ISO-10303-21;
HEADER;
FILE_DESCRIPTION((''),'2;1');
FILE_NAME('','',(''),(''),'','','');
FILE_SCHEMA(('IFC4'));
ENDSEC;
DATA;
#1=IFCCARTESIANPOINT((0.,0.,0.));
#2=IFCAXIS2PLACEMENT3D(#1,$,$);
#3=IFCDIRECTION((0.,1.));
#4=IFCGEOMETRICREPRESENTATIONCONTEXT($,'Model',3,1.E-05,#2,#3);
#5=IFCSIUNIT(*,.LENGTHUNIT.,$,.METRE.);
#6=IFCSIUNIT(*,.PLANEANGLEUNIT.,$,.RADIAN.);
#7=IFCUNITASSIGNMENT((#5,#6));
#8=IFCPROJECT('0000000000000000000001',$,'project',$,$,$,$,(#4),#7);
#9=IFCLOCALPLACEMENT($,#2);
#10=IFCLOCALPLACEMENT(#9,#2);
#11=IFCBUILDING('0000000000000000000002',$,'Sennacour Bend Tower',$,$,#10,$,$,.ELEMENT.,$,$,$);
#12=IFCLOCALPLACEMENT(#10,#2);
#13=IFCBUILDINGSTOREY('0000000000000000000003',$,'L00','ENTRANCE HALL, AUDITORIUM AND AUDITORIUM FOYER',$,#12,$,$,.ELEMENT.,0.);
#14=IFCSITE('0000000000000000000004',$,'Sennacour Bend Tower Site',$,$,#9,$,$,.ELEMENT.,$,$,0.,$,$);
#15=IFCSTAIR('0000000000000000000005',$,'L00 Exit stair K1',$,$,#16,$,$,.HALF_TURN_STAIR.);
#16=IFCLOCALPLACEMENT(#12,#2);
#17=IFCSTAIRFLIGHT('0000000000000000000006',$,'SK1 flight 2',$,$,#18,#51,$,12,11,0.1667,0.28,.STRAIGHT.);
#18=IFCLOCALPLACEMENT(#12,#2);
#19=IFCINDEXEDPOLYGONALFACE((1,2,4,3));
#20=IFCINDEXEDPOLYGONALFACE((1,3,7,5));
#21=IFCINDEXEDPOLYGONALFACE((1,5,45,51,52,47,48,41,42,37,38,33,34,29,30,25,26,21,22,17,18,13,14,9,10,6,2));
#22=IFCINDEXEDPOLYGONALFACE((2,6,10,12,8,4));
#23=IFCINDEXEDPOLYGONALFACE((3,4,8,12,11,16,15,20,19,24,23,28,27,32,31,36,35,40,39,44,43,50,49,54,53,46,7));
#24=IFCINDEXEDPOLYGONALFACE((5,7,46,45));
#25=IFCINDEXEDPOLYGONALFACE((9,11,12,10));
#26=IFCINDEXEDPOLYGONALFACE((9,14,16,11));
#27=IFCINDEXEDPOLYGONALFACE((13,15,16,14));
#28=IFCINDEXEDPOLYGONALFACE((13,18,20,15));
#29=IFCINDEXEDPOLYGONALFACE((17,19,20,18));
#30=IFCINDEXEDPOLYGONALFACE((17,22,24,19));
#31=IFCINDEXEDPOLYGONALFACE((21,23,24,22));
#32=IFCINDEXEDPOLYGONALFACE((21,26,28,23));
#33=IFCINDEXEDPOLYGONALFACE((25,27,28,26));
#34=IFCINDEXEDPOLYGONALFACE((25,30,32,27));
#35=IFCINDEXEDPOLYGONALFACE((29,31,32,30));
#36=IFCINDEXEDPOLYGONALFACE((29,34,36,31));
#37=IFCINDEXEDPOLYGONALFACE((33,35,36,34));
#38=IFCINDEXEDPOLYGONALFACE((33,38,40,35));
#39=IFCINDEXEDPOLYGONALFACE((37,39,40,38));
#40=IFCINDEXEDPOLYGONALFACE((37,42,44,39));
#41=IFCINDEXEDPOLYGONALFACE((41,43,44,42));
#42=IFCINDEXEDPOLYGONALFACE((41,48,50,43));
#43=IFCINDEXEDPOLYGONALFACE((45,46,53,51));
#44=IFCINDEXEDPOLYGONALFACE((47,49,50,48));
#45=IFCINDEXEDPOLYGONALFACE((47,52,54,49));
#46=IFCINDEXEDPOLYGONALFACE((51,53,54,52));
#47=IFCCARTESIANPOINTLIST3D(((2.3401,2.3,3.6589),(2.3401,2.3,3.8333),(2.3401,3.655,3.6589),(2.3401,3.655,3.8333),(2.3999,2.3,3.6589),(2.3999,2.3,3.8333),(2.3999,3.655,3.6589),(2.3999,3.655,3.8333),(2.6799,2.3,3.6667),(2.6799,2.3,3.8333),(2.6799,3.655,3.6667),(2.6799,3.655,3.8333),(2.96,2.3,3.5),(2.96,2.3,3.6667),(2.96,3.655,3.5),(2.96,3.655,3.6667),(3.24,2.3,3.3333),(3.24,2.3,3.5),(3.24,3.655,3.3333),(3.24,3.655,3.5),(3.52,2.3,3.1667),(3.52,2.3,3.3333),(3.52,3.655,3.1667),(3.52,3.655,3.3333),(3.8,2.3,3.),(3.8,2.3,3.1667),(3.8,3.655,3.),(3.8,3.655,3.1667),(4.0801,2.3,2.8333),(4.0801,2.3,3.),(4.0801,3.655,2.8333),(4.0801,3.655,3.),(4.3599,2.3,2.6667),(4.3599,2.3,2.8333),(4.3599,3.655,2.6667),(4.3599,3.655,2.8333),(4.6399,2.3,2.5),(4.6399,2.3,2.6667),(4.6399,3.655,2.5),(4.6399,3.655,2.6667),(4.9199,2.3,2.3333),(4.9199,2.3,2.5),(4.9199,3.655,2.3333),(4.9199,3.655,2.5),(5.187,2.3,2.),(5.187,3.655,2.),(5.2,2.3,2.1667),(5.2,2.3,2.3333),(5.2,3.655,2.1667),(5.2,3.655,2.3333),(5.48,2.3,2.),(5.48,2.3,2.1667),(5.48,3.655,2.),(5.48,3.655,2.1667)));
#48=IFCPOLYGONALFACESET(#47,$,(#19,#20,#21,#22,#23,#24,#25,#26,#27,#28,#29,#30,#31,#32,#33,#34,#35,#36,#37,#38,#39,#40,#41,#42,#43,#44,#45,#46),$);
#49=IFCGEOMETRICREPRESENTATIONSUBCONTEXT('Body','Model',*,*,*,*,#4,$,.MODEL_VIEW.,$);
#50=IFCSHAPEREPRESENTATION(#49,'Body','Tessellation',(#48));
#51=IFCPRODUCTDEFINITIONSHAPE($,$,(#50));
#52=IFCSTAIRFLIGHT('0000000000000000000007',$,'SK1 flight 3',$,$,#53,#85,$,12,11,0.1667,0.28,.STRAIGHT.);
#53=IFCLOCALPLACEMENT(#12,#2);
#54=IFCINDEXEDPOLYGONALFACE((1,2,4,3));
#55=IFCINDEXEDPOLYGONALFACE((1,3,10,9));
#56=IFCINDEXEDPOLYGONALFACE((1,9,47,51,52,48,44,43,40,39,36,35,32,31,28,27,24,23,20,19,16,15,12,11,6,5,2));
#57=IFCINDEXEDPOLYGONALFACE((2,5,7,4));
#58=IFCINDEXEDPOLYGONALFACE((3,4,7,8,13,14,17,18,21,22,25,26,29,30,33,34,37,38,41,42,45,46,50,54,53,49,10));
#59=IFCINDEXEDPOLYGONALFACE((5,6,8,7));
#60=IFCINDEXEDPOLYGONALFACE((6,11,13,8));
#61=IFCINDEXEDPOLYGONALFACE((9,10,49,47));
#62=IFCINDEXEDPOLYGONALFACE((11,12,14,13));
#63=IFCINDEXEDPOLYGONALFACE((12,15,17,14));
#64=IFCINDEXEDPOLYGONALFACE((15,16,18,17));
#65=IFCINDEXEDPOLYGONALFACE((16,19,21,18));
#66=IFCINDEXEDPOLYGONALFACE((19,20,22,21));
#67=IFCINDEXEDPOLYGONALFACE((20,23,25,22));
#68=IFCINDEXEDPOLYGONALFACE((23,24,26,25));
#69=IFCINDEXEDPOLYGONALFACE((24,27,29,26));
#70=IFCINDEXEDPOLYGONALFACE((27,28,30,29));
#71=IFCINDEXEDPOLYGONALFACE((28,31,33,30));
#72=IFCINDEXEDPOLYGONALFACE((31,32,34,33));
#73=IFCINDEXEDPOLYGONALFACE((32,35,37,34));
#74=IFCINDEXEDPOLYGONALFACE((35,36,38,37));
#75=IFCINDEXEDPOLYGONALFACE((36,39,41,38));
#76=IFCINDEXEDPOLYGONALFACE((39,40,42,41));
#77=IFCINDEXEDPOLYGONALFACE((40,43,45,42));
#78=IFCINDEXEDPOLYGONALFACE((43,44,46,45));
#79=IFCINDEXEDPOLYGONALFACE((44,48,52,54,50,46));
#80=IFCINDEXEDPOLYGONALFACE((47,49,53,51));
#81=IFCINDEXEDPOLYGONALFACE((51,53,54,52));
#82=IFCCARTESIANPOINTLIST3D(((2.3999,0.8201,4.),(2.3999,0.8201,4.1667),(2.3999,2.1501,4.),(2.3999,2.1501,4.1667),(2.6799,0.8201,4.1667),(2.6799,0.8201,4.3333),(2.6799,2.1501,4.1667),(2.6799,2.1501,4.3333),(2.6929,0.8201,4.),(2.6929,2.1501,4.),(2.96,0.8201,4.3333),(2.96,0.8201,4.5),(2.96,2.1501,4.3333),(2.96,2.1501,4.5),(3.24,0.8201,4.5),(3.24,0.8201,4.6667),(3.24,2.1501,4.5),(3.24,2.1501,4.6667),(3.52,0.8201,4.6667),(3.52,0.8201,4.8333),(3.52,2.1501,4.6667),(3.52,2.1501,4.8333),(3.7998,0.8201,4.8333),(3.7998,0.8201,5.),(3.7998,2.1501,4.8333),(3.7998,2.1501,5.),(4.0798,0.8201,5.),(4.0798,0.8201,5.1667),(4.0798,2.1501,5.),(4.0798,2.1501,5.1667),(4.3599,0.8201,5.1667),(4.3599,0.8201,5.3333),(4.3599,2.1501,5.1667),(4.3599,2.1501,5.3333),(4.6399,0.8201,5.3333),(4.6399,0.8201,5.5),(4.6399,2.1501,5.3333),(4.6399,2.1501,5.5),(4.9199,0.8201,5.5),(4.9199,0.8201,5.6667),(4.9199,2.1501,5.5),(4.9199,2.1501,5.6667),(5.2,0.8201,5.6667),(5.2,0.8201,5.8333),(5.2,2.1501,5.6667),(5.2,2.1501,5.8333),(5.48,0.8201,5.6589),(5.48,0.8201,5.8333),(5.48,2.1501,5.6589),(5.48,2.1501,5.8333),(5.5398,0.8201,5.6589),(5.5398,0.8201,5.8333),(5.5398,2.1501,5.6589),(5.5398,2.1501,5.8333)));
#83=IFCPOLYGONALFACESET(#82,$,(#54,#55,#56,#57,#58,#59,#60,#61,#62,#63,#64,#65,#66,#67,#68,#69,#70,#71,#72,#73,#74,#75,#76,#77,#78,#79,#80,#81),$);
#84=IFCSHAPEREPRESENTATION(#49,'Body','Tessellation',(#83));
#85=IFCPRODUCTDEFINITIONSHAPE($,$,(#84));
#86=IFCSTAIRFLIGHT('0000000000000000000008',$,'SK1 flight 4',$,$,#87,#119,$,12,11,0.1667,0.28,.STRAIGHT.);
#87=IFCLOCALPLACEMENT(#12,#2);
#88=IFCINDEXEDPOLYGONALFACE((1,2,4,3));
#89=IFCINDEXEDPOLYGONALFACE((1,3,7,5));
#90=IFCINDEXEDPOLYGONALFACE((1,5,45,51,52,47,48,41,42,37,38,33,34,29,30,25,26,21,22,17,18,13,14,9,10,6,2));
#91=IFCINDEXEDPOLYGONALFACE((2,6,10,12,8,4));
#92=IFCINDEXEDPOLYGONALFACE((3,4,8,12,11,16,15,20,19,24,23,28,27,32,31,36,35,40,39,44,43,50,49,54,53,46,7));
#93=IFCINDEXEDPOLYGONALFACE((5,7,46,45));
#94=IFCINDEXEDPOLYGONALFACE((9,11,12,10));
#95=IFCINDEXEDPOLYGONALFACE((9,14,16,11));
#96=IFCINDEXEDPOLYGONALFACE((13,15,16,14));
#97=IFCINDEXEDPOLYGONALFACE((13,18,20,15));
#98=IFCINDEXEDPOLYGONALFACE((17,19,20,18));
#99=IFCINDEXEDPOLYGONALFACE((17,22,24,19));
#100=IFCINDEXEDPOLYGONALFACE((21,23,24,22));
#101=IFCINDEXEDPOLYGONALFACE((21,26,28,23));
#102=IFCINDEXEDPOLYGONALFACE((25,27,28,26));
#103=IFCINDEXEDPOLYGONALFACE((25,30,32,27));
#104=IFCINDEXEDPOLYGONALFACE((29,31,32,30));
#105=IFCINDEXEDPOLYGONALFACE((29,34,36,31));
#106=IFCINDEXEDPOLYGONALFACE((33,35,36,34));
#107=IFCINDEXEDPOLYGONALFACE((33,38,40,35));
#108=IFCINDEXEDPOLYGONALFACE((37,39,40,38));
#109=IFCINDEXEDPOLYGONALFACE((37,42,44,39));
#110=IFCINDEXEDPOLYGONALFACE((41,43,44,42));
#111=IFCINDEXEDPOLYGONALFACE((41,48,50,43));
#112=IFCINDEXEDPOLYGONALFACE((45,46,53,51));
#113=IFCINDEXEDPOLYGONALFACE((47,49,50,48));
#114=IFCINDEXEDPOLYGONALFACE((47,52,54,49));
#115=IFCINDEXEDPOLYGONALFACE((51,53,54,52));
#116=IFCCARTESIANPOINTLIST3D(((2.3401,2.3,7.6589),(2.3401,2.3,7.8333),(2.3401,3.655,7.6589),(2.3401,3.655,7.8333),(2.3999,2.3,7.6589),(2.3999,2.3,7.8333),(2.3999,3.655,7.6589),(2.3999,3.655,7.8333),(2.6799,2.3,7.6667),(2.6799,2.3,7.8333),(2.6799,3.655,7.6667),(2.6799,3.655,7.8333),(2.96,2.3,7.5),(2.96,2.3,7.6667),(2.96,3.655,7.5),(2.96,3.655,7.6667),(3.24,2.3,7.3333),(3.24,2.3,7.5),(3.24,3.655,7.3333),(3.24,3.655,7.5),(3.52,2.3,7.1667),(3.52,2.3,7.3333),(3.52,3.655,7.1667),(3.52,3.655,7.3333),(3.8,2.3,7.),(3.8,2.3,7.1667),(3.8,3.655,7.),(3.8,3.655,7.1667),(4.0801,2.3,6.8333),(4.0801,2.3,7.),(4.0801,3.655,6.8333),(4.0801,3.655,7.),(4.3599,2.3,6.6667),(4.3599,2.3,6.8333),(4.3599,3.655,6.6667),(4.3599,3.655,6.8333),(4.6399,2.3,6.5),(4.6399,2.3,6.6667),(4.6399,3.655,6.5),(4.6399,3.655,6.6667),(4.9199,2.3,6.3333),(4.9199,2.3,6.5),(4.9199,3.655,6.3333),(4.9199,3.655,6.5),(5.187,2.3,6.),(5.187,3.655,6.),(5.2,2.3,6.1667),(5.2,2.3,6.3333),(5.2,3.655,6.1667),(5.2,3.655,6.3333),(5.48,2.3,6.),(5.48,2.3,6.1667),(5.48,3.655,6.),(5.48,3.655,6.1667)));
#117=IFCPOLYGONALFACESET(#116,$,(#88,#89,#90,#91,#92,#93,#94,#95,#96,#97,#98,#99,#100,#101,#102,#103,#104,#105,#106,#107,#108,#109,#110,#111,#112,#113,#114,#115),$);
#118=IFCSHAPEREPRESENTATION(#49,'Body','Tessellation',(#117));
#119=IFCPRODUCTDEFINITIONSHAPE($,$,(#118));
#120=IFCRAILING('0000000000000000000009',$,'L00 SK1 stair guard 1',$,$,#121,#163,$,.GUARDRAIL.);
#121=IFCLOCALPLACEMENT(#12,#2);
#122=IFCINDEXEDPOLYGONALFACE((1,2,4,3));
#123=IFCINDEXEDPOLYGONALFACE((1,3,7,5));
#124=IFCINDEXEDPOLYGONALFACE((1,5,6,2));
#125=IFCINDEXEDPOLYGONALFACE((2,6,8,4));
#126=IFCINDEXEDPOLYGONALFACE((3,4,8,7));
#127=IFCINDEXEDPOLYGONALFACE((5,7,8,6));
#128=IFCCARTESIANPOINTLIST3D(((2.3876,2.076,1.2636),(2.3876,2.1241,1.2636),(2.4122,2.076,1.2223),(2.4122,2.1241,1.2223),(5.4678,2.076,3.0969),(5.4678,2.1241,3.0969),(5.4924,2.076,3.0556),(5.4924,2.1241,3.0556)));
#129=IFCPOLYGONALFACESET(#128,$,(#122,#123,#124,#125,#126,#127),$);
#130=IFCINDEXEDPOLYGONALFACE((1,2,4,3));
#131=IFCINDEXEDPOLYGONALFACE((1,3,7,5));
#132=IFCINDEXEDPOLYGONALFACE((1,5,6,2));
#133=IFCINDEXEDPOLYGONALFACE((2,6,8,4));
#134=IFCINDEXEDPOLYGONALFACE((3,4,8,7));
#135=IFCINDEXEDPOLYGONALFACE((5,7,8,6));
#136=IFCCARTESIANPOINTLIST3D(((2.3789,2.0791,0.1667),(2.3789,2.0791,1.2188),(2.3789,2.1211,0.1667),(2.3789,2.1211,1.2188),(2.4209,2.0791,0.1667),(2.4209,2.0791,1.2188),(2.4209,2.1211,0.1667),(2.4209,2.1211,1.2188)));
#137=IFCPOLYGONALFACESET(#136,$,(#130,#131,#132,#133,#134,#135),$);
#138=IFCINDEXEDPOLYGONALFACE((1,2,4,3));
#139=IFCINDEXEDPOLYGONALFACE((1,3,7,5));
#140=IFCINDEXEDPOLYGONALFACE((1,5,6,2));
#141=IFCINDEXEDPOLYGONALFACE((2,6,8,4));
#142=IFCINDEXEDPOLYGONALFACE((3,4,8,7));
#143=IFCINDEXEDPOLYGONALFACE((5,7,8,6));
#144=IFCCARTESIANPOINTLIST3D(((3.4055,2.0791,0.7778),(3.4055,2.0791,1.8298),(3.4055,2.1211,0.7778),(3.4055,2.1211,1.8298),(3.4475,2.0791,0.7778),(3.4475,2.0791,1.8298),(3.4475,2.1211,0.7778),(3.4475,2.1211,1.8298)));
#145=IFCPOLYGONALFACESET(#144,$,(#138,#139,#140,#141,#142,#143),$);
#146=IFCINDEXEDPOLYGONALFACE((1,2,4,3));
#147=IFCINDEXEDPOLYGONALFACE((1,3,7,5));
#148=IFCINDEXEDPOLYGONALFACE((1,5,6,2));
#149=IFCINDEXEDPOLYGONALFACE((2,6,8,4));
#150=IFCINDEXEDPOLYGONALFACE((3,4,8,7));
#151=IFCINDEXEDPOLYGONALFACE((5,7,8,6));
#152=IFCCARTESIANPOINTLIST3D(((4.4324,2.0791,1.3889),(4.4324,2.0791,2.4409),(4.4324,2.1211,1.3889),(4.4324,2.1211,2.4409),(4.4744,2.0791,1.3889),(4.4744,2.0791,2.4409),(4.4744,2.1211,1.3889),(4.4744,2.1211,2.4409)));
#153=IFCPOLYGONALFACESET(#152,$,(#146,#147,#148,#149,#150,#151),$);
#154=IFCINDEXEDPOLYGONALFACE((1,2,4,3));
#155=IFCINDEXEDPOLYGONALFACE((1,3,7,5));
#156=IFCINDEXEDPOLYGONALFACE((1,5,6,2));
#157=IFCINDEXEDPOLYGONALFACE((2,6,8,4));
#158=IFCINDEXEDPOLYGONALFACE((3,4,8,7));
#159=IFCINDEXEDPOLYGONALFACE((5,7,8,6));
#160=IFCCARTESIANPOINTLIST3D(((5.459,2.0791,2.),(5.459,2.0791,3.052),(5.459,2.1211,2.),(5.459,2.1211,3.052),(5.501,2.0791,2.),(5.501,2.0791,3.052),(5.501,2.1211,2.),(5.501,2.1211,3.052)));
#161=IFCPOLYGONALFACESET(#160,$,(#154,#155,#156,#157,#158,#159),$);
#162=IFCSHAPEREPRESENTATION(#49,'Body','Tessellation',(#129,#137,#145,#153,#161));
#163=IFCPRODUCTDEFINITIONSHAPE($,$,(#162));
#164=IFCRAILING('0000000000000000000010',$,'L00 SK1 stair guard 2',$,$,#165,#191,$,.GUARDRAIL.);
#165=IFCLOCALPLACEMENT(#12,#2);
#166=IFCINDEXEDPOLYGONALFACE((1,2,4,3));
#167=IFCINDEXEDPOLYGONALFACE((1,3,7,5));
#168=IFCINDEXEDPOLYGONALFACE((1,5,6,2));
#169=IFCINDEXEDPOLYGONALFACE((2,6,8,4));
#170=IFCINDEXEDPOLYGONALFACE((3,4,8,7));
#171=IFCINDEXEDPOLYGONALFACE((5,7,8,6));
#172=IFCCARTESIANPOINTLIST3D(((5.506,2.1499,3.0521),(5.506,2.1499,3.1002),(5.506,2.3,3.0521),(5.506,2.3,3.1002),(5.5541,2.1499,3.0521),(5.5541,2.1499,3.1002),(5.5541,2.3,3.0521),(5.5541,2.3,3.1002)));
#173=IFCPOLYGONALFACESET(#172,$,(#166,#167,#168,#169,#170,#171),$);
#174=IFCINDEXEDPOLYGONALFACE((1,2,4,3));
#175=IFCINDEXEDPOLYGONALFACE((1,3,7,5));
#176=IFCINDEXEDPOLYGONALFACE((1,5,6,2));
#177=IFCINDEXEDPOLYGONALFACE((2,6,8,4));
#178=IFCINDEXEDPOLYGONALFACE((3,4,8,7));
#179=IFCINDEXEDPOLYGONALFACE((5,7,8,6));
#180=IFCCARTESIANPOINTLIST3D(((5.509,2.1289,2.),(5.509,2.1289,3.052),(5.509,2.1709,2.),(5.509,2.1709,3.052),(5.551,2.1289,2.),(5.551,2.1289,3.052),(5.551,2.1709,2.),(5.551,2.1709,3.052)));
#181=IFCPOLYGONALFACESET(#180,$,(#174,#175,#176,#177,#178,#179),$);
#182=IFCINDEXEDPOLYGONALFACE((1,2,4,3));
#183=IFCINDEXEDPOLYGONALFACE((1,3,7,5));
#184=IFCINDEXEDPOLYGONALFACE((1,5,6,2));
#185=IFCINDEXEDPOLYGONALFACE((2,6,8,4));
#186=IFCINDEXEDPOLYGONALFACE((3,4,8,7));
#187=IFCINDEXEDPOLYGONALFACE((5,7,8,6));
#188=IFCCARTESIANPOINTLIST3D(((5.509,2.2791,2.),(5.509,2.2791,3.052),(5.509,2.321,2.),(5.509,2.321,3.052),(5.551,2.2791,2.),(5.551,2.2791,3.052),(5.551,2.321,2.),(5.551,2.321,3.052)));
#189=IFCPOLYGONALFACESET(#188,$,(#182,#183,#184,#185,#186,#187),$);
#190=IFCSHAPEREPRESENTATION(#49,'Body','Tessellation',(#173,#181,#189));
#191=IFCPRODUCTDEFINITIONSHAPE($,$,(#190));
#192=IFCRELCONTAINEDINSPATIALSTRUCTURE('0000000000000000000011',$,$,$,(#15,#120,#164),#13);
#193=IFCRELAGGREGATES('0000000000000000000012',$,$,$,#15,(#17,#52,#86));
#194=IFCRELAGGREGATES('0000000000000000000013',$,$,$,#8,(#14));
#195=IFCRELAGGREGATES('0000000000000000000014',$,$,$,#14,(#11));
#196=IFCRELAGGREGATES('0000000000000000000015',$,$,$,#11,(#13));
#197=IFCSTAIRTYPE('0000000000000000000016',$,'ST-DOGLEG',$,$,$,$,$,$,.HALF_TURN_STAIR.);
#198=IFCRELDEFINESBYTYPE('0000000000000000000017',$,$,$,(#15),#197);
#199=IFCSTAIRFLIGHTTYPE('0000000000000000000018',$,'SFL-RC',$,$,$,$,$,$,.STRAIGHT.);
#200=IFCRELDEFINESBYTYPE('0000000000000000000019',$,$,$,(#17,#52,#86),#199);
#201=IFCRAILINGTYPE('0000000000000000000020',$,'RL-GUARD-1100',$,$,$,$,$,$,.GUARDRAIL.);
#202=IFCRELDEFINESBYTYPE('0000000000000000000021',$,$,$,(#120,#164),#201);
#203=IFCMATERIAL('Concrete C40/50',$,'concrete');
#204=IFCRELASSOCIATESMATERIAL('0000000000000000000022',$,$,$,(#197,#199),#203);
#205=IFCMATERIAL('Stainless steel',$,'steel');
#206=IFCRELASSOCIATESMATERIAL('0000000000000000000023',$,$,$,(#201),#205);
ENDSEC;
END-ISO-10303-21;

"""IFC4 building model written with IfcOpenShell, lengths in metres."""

from ifc_helpers import new_model, si_unit, direction, frame, origin, origin_2d, place, context, subcontext, project, spatial, polyline, rectangle, outline, extrude, material, type_object, element, aggregate, save


model = new_model("IFC4")

# Units and contexts
model_context = context("Model", 3, precision=1e-05, world=origin(), true_north=direction((0.0, 1.0)))
body_context = subcontext(model_context, "Body", "Model", "MODEL_VIEW")
ifc_project = project(units=[si_unit("LENGTHUNIT", "METRE"), si_unit("PLANEANGLEUNIT", "RADIAN")], contexts=[model_context])

# Site, building, storey
site_placement = place(None, origin())
site = spatial("IfcSite", under=ifc_project, at=site_placement, Name="Sennacour Bend Tower Site", CompositionType="ELEMENT", RefElevation=0.0)
building_placement = place(site_placement, origin())
building = spatial("IfcBuilding", under=site, at=building_placement, Name="Sennacour Bend Tower", CompositionType="ELEMENT")
storey_placement = place(building_placement, origin())
storey = spatial("IfcBuildingStorey", under=building, at=storey_placement, Name="L00", Description="ENTRANCE HALL, AUDITORIUM AND AUDITORIUM FOYER", CompositionType="ELEMENT", Elevation=0.0)

# Stair, stair flights
ifc_material_1 = material(Name="Concrete C40/50", Category="concrete")
stair_type = type_object("IfcStairType", Name="ST-DOGLEG", PredefinedType="HALF_TURN_STAIR", material=ifc_material_1)
stair_placement = place(storey_placement, origin())
stair = element("IfcStair", 1, at=stair_placement, inside=storey, type_object=stair_type, Name="L00 Exit stair K1", PredefinedType="HALF_TURN_STAIR")
stair_flight_type = type_object("IfcStairFlightType", Name="SFL-RC", PredefinedType="STRAIGHT", material=ifc_material_1)
stair_flight_1_placement = place(storey_placement, frame((5.48, 2.9775, 2.0), z_axis=(0.0, 0.0, 1.0), x_axis=(-1.0, 0.0, 0.0)))
stair_flight_1 = element("IfcStairFlight", 2, at=stair_flight_1_placement, type_object=stair_flight_type, Name="SK1 flight 2", NumberOfRisers=12, NumberOfTreads=11, PredefinedType="STRAIGHT", RiserHeight=0.1667, TreadLength=0.28, context=body_context, shape_type="SweptSolid", body=[
    extrude(outline(polyline([(0.0, 0.0), (0.0, 0.1667), (0.28, 0.1667), (0.28, 0.3333), (0.5601, 0.3333), (0.5601, 0.5), (0.8401, 0.5), (0.8401, 0.6667), (1.1201, 0.6667), (1.1201, 0.8333), (1.3999, 0.8333), (1.3999, 1.0), (1.6799, 1.0), (1.6799, 1.1667), (1.96, 1.1667), (1.96, 1.3333), (2.24, 1.3333), (2.24, 1.5), (2.52, 1.5), (2.52, 1.6667), (2.8, 1.6667), (2.8, 1.8333), (3.0801, 1.8333), (3.1399, 1.8333), (3.1399, 1.6589), (3.0801, 1.6589), (0.293, 0.0), (0.0, 0.0)])), frame((0.0, 0.6775, 0.0), z_axis=(0.0, -1.0, 0.0), x_axis=(1.0, 0.0, 0.0)), (0.0, 0.0, 1.0), 1.355),
])
stair_flight_2_placement = place(storey_placement, frame((2.3999, 1.4851, 4.0), z_axis=(0.0, 0.0, 1.0), x_axis=(1.0, 0.0, 0.0)))
stair_flight_2 = element("IfcStairFlight", 3, at=stair_flight_2_placement, type_object=stair_flight_type, Name="SK1 flight 3", NumberOfRisers=12, NumberOfTreads=11, PredefinedType="STRAIGHT", RiserHeight=0.1667, TreadLength=0.28, context=body_context, shape_type="SweptSolid", body=[
    extrude(outline(polyline([(0.0, 0.0), (0.0, 0.1667), (0.28, 0.1667), (0.28, 0.3333), (0.5601, 0.3333), (0.5601, 0.5), (0.8401, 0.5), (0.8401, 0.6667), (1.1201, 0.6667), (1.1201, 0.8333), (1.3999, 0.8333), (1.3999, 1.0), (1.6799, 1.0), (1.6799, 1.1667), (1.96, 1.1667), (1.96, 1.3333), (2.24, 1.3333), (2.24, 1.5), (2.52, 1.5), (2.52, 1.6667), (2.8, 1.6667), (2.8, 1.8333), (3.0801, 1.8333), (3.1399, 1.8333), (3.1399, 1.6589), (3.0801, 1.6589), (0.293, 0.0), (0.0, 0.0)])), frame((0.0, 0.665, 0.0), z_axis=(0.0, -1.0, 0.0), x_axis=(1.0, 0.0, 0.0)), (0.0, 0.0, 1.0), 1.3301),
])
stair_flight_3_placement = place(storey_placement, frame((5.48, 2.9775, 6.0), z_axis=(0.0, 0.0, 1.0), x_axis=(-1.0, 0.0, 0.0)))
stair_flight_3 = element("IfcStairFlight", 4, at=stair_flight_3_placement, type_object=stair_flight_type, Name="SK1 flight 4", NumberOfRisers=12, NumberOfTreads=11, PredefinedType="STRAIGHT", RiserHeight=0.1667, TreadLength=0.28, context=body_context, shape_type="SweptSolid", body=[
    extrude(outline(polyline([(0.0, 0.0), (0.0, 0.1667), (0.28, 0.1667), (0.28, 0.3333), (0.5601, 0.3333), (0.5601, 0.5), (0.8401, 0.5), (0.8401, 0.6667), (1.1201, 0.6667), (1.1201, 0.8333), (1.3999, 0.8333), (1.3999, 1.0), (1.6799, 1.0), (1.6799, 1.1667), (1.96, 1.1667), (1.96, 1.3333), (2.24, 1.3333), (2.24, 1.5), (2.52, 1.5), (2.52, 1.6667), (2.8, 1.6667), (2.8, 1.8333), (3.0801, 1.8333), (3.1399, 1.8333), (3.1399, 1.6589), (3.0801, 1.6589), (0.293, 0.0), (0.0, 0.0)])), frame((0.0, 0.6775, 0.0), z_axis=(0.0, -1.0, 0.0), x_axis=(1.0, 0.0, 0.0)), (0.0, 0.0, 1.0), 1.355),
])
aggregate(stair, [stair_flight_1, stair_flight_2, stair_flight_3])

# Railings
ifc_material_2 = material(Name="Stainless steel", Category="steel")
railing_type_1 = type_object("IfcRailingType", Name="RL-GUARD-1100", PredefinedType="GUARDRAIL", material=ifc_material_2)
railing_1_placement = place(storey_placement, frame((2.3999, 2.1001, 0.1667)))
element("IfcRailing", 5, at=railing_1_placement, inside=storey, type_object=railing_type_1, Name="L00 SK1 stair guard 1", PredefinedType="GUARDRAIL", context=body_context, shape_type="SweptSolid", body=[
    extrude(rectangle(XDim=0.0481, YDim=0.0481, at=origin_2d()), frame((0.0, 0.0, 1.0762), z_axis=(0.859309, 0.0, 0.511458), x_axis=(0.0, 1.0, 0.0)), (0.0, 0.0, 1.0), 3.5845),
    extrude(rectangle(XDim=0.042, YDim=0.042, at=origin_2d()), origin(), (0.0, 0.0, 1.0), 1.052),
    extrude(rectangle(XDim=0.042, YDim=0.042, at=origin_2d()), frame((1.0266, 0.0, 0.6111)), (0.0, 0.0, 1.0), 1.052),
    extrude(rectangle(XDim=0.042, YDim=0.042, at=origin_2d()), frame((2.0535, 0.0, 1.2222)), (0.0, 0.0, 1.0), 1.052),
    extrude(rectangle(XDim=0.042, YDim=0.042, at=origin_2d()), frame((3.0801, 0.0, 1.8333)), (0.0, 0.0, 1.0), 1.052),
])
railing_2_placement = place(storey_placement, frame((5.53, 2.1499, 2.0)))
element("IfcRailing", 6, at=railing_2_placement, inside=storey, type_object=railing_type_1, Name="L00 SK1 stair guard 2", PredefinedType="GUARDRAIL", context=body_context, shape_type="SweptSolid", body=[
    extrude(rectangle(XDim=0.0481, YDim=0.0481, at=origin_2d()), frame((0.0, 0.0, 1.0762), z_axis=(0.0, 1.0, 0.0), x_axis=(-1.0, 0.0, 0.0)), (0.0, 0.0, 1.0), 0.1501),
    extrude(rectangle(XDim=0.042, YDim=0.042, at=origin_2d()), origin(), (0.0, 0.0, 1.0), 1.052),
    extrude(rectangle(XDim=0.042, YDim=0.042, at=origin_2d()), frame((0.0, 0.1501, 0.0)), (0.0, 0.0, 1.0), 1.052),
])

save(model, "model.ifc")
